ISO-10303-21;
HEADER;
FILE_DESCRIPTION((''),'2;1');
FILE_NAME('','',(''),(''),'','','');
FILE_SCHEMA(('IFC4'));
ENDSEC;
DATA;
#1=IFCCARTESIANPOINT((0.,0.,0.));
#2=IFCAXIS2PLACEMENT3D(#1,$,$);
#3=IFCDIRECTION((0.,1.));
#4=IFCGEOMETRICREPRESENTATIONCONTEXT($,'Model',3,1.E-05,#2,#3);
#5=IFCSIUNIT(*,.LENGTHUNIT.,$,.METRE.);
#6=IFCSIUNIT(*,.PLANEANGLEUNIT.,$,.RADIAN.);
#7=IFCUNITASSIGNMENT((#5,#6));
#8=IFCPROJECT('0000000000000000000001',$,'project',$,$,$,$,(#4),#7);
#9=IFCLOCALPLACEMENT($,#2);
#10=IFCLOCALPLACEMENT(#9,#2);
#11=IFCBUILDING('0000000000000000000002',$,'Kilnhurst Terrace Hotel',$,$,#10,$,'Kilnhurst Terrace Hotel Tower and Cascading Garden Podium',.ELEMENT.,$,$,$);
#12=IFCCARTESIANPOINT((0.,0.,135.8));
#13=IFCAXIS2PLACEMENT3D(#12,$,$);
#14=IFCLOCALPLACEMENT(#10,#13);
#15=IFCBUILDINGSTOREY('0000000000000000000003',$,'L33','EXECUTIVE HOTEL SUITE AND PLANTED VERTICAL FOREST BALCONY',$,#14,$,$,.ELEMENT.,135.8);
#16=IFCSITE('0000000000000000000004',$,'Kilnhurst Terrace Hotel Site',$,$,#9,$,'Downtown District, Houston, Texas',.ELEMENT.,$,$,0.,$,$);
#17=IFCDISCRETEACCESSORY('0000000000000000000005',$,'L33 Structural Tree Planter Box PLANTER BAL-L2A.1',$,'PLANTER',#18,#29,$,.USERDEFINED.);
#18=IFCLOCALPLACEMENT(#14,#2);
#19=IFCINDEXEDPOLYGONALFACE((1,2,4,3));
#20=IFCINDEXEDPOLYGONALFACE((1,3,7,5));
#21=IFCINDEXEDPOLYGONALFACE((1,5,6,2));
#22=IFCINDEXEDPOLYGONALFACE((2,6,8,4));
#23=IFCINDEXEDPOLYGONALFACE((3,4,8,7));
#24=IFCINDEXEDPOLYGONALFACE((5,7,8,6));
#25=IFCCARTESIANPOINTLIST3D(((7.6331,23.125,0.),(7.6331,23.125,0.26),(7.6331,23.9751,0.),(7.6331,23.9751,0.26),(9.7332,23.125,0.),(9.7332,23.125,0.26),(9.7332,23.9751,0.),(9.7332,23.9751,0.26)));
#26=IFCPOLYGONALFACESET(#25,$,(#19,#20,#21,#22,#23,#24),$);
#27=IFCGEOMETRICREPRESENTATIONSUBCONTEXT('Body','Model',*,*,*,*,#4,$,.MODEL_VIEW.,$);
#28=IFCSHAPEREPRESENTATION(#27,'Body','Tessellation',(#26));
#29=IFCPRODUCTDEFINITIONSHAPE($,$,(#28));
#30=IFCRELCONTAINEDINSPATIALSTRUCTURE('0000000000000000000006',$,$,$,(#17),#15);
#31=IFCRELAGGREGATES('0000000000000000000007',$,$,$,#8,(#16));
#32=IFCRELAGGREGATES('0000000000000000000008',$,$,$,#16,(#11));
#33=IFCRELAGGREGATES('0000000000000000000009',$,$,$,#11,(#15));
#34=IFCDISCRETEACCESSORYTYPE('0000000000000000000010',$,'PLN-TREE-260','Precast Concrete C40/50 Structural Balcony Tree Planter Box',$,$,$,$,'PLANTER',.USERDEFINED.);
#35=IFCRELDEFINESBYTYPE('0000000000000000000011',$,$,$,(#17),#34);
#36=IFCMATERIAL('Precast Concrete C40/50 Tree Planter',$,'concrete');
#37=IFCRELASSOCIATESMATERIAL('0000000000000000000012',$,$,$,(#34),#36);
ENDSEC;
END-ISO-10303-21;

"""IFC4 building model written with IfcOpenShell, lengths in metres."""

from ifc_helpers import new_model, si_unit, direction, frame, origin, origin_2d, place, context, subcontext, project, spatial, rectangle, extrude, material, type_object, element, save


model = new_model("IFC4")

# Units and contexts
model_context = context("Model", 3, precision=1e-05, world=origin(), true_north=direction((0.0, 1.0)))
body_context = subcontext(model_context, "Body", "Model", "MODEL_VIEW")
ifc_project = project(units=[si_unit("LENGTHUNIT", "METRE"), si_unit("PLANEANGLEUNIT", "RADIAN")], contexts=[model_context])

# Site, building, storey
site_placement = place(None, origin())
site = spatial("IfcSite", under=ifc_project, at=site_placement, Name="Kilnhurst Terrace Hotel Site", LongName="Downtown District, Houston, Texas", CompositionType="ELEMENT", RefElevation=0.0)
building_placement = place(site_placement, origin())
building = spatial("IfcBuilding", under=site, at=building_placement, Name="Kilnhurst Terrace Hotel", LongName="Kilnhurst Terrace Hotel Tower and Cascading Garden Podium", CompositionType="ELEMENT")
storey_placement = place(building_placement, frame((0.0, 0.0, 135.8)))
storey = spatial("IfcBuildingStorey", under=building, at=storey_placement, Name="L33", Description="EXECUTIVE HOTEL SUITE AND PLANTED VERTICAL FOREST BALCONY", CompositionType="ELEMENT", Elevation=135.8)

# Discrete accessory
ifc_material_1 = material(Name="Precast Concrete C40/50 Tree Planter", Category="concrete")
discrete_accessory_type = type_object("IfcDiscreteAccessoryType", Name="PLN-TREE-260", Description="Precast Concrete C40/50 Structural Balcony Tree Planter Box", ElementType="PLANTER", PredefinedType="USERDEFINED", material=ifc_material_1)
discrete_accessory_placement = place(storey_placement, frame((8.6831, 23.55, 0.0), z_axis=(0.0, 0.0, 1.0), x_axis=(-1.0, 0.0, 0.0)))
element("IfcDiscreteAccessory", 1, at=discrete_accessory_placement, inside=storey, type_object=discrete_accessory_type, Name="L33 Structural Tree Planter Box PLANTER BAL-L2A.1", ObjectType="PLANTER", PredefinedType="USERDEFINED", context=body_context, shape_type="SweptSolid", body=[
    extrude(rectangle(XDim=2.1001, YDim=0.8501, at=origin_2d()), origin(), (0.0, 0.0, 1.0), 0.26),
])

save(model, "model.ifc")
